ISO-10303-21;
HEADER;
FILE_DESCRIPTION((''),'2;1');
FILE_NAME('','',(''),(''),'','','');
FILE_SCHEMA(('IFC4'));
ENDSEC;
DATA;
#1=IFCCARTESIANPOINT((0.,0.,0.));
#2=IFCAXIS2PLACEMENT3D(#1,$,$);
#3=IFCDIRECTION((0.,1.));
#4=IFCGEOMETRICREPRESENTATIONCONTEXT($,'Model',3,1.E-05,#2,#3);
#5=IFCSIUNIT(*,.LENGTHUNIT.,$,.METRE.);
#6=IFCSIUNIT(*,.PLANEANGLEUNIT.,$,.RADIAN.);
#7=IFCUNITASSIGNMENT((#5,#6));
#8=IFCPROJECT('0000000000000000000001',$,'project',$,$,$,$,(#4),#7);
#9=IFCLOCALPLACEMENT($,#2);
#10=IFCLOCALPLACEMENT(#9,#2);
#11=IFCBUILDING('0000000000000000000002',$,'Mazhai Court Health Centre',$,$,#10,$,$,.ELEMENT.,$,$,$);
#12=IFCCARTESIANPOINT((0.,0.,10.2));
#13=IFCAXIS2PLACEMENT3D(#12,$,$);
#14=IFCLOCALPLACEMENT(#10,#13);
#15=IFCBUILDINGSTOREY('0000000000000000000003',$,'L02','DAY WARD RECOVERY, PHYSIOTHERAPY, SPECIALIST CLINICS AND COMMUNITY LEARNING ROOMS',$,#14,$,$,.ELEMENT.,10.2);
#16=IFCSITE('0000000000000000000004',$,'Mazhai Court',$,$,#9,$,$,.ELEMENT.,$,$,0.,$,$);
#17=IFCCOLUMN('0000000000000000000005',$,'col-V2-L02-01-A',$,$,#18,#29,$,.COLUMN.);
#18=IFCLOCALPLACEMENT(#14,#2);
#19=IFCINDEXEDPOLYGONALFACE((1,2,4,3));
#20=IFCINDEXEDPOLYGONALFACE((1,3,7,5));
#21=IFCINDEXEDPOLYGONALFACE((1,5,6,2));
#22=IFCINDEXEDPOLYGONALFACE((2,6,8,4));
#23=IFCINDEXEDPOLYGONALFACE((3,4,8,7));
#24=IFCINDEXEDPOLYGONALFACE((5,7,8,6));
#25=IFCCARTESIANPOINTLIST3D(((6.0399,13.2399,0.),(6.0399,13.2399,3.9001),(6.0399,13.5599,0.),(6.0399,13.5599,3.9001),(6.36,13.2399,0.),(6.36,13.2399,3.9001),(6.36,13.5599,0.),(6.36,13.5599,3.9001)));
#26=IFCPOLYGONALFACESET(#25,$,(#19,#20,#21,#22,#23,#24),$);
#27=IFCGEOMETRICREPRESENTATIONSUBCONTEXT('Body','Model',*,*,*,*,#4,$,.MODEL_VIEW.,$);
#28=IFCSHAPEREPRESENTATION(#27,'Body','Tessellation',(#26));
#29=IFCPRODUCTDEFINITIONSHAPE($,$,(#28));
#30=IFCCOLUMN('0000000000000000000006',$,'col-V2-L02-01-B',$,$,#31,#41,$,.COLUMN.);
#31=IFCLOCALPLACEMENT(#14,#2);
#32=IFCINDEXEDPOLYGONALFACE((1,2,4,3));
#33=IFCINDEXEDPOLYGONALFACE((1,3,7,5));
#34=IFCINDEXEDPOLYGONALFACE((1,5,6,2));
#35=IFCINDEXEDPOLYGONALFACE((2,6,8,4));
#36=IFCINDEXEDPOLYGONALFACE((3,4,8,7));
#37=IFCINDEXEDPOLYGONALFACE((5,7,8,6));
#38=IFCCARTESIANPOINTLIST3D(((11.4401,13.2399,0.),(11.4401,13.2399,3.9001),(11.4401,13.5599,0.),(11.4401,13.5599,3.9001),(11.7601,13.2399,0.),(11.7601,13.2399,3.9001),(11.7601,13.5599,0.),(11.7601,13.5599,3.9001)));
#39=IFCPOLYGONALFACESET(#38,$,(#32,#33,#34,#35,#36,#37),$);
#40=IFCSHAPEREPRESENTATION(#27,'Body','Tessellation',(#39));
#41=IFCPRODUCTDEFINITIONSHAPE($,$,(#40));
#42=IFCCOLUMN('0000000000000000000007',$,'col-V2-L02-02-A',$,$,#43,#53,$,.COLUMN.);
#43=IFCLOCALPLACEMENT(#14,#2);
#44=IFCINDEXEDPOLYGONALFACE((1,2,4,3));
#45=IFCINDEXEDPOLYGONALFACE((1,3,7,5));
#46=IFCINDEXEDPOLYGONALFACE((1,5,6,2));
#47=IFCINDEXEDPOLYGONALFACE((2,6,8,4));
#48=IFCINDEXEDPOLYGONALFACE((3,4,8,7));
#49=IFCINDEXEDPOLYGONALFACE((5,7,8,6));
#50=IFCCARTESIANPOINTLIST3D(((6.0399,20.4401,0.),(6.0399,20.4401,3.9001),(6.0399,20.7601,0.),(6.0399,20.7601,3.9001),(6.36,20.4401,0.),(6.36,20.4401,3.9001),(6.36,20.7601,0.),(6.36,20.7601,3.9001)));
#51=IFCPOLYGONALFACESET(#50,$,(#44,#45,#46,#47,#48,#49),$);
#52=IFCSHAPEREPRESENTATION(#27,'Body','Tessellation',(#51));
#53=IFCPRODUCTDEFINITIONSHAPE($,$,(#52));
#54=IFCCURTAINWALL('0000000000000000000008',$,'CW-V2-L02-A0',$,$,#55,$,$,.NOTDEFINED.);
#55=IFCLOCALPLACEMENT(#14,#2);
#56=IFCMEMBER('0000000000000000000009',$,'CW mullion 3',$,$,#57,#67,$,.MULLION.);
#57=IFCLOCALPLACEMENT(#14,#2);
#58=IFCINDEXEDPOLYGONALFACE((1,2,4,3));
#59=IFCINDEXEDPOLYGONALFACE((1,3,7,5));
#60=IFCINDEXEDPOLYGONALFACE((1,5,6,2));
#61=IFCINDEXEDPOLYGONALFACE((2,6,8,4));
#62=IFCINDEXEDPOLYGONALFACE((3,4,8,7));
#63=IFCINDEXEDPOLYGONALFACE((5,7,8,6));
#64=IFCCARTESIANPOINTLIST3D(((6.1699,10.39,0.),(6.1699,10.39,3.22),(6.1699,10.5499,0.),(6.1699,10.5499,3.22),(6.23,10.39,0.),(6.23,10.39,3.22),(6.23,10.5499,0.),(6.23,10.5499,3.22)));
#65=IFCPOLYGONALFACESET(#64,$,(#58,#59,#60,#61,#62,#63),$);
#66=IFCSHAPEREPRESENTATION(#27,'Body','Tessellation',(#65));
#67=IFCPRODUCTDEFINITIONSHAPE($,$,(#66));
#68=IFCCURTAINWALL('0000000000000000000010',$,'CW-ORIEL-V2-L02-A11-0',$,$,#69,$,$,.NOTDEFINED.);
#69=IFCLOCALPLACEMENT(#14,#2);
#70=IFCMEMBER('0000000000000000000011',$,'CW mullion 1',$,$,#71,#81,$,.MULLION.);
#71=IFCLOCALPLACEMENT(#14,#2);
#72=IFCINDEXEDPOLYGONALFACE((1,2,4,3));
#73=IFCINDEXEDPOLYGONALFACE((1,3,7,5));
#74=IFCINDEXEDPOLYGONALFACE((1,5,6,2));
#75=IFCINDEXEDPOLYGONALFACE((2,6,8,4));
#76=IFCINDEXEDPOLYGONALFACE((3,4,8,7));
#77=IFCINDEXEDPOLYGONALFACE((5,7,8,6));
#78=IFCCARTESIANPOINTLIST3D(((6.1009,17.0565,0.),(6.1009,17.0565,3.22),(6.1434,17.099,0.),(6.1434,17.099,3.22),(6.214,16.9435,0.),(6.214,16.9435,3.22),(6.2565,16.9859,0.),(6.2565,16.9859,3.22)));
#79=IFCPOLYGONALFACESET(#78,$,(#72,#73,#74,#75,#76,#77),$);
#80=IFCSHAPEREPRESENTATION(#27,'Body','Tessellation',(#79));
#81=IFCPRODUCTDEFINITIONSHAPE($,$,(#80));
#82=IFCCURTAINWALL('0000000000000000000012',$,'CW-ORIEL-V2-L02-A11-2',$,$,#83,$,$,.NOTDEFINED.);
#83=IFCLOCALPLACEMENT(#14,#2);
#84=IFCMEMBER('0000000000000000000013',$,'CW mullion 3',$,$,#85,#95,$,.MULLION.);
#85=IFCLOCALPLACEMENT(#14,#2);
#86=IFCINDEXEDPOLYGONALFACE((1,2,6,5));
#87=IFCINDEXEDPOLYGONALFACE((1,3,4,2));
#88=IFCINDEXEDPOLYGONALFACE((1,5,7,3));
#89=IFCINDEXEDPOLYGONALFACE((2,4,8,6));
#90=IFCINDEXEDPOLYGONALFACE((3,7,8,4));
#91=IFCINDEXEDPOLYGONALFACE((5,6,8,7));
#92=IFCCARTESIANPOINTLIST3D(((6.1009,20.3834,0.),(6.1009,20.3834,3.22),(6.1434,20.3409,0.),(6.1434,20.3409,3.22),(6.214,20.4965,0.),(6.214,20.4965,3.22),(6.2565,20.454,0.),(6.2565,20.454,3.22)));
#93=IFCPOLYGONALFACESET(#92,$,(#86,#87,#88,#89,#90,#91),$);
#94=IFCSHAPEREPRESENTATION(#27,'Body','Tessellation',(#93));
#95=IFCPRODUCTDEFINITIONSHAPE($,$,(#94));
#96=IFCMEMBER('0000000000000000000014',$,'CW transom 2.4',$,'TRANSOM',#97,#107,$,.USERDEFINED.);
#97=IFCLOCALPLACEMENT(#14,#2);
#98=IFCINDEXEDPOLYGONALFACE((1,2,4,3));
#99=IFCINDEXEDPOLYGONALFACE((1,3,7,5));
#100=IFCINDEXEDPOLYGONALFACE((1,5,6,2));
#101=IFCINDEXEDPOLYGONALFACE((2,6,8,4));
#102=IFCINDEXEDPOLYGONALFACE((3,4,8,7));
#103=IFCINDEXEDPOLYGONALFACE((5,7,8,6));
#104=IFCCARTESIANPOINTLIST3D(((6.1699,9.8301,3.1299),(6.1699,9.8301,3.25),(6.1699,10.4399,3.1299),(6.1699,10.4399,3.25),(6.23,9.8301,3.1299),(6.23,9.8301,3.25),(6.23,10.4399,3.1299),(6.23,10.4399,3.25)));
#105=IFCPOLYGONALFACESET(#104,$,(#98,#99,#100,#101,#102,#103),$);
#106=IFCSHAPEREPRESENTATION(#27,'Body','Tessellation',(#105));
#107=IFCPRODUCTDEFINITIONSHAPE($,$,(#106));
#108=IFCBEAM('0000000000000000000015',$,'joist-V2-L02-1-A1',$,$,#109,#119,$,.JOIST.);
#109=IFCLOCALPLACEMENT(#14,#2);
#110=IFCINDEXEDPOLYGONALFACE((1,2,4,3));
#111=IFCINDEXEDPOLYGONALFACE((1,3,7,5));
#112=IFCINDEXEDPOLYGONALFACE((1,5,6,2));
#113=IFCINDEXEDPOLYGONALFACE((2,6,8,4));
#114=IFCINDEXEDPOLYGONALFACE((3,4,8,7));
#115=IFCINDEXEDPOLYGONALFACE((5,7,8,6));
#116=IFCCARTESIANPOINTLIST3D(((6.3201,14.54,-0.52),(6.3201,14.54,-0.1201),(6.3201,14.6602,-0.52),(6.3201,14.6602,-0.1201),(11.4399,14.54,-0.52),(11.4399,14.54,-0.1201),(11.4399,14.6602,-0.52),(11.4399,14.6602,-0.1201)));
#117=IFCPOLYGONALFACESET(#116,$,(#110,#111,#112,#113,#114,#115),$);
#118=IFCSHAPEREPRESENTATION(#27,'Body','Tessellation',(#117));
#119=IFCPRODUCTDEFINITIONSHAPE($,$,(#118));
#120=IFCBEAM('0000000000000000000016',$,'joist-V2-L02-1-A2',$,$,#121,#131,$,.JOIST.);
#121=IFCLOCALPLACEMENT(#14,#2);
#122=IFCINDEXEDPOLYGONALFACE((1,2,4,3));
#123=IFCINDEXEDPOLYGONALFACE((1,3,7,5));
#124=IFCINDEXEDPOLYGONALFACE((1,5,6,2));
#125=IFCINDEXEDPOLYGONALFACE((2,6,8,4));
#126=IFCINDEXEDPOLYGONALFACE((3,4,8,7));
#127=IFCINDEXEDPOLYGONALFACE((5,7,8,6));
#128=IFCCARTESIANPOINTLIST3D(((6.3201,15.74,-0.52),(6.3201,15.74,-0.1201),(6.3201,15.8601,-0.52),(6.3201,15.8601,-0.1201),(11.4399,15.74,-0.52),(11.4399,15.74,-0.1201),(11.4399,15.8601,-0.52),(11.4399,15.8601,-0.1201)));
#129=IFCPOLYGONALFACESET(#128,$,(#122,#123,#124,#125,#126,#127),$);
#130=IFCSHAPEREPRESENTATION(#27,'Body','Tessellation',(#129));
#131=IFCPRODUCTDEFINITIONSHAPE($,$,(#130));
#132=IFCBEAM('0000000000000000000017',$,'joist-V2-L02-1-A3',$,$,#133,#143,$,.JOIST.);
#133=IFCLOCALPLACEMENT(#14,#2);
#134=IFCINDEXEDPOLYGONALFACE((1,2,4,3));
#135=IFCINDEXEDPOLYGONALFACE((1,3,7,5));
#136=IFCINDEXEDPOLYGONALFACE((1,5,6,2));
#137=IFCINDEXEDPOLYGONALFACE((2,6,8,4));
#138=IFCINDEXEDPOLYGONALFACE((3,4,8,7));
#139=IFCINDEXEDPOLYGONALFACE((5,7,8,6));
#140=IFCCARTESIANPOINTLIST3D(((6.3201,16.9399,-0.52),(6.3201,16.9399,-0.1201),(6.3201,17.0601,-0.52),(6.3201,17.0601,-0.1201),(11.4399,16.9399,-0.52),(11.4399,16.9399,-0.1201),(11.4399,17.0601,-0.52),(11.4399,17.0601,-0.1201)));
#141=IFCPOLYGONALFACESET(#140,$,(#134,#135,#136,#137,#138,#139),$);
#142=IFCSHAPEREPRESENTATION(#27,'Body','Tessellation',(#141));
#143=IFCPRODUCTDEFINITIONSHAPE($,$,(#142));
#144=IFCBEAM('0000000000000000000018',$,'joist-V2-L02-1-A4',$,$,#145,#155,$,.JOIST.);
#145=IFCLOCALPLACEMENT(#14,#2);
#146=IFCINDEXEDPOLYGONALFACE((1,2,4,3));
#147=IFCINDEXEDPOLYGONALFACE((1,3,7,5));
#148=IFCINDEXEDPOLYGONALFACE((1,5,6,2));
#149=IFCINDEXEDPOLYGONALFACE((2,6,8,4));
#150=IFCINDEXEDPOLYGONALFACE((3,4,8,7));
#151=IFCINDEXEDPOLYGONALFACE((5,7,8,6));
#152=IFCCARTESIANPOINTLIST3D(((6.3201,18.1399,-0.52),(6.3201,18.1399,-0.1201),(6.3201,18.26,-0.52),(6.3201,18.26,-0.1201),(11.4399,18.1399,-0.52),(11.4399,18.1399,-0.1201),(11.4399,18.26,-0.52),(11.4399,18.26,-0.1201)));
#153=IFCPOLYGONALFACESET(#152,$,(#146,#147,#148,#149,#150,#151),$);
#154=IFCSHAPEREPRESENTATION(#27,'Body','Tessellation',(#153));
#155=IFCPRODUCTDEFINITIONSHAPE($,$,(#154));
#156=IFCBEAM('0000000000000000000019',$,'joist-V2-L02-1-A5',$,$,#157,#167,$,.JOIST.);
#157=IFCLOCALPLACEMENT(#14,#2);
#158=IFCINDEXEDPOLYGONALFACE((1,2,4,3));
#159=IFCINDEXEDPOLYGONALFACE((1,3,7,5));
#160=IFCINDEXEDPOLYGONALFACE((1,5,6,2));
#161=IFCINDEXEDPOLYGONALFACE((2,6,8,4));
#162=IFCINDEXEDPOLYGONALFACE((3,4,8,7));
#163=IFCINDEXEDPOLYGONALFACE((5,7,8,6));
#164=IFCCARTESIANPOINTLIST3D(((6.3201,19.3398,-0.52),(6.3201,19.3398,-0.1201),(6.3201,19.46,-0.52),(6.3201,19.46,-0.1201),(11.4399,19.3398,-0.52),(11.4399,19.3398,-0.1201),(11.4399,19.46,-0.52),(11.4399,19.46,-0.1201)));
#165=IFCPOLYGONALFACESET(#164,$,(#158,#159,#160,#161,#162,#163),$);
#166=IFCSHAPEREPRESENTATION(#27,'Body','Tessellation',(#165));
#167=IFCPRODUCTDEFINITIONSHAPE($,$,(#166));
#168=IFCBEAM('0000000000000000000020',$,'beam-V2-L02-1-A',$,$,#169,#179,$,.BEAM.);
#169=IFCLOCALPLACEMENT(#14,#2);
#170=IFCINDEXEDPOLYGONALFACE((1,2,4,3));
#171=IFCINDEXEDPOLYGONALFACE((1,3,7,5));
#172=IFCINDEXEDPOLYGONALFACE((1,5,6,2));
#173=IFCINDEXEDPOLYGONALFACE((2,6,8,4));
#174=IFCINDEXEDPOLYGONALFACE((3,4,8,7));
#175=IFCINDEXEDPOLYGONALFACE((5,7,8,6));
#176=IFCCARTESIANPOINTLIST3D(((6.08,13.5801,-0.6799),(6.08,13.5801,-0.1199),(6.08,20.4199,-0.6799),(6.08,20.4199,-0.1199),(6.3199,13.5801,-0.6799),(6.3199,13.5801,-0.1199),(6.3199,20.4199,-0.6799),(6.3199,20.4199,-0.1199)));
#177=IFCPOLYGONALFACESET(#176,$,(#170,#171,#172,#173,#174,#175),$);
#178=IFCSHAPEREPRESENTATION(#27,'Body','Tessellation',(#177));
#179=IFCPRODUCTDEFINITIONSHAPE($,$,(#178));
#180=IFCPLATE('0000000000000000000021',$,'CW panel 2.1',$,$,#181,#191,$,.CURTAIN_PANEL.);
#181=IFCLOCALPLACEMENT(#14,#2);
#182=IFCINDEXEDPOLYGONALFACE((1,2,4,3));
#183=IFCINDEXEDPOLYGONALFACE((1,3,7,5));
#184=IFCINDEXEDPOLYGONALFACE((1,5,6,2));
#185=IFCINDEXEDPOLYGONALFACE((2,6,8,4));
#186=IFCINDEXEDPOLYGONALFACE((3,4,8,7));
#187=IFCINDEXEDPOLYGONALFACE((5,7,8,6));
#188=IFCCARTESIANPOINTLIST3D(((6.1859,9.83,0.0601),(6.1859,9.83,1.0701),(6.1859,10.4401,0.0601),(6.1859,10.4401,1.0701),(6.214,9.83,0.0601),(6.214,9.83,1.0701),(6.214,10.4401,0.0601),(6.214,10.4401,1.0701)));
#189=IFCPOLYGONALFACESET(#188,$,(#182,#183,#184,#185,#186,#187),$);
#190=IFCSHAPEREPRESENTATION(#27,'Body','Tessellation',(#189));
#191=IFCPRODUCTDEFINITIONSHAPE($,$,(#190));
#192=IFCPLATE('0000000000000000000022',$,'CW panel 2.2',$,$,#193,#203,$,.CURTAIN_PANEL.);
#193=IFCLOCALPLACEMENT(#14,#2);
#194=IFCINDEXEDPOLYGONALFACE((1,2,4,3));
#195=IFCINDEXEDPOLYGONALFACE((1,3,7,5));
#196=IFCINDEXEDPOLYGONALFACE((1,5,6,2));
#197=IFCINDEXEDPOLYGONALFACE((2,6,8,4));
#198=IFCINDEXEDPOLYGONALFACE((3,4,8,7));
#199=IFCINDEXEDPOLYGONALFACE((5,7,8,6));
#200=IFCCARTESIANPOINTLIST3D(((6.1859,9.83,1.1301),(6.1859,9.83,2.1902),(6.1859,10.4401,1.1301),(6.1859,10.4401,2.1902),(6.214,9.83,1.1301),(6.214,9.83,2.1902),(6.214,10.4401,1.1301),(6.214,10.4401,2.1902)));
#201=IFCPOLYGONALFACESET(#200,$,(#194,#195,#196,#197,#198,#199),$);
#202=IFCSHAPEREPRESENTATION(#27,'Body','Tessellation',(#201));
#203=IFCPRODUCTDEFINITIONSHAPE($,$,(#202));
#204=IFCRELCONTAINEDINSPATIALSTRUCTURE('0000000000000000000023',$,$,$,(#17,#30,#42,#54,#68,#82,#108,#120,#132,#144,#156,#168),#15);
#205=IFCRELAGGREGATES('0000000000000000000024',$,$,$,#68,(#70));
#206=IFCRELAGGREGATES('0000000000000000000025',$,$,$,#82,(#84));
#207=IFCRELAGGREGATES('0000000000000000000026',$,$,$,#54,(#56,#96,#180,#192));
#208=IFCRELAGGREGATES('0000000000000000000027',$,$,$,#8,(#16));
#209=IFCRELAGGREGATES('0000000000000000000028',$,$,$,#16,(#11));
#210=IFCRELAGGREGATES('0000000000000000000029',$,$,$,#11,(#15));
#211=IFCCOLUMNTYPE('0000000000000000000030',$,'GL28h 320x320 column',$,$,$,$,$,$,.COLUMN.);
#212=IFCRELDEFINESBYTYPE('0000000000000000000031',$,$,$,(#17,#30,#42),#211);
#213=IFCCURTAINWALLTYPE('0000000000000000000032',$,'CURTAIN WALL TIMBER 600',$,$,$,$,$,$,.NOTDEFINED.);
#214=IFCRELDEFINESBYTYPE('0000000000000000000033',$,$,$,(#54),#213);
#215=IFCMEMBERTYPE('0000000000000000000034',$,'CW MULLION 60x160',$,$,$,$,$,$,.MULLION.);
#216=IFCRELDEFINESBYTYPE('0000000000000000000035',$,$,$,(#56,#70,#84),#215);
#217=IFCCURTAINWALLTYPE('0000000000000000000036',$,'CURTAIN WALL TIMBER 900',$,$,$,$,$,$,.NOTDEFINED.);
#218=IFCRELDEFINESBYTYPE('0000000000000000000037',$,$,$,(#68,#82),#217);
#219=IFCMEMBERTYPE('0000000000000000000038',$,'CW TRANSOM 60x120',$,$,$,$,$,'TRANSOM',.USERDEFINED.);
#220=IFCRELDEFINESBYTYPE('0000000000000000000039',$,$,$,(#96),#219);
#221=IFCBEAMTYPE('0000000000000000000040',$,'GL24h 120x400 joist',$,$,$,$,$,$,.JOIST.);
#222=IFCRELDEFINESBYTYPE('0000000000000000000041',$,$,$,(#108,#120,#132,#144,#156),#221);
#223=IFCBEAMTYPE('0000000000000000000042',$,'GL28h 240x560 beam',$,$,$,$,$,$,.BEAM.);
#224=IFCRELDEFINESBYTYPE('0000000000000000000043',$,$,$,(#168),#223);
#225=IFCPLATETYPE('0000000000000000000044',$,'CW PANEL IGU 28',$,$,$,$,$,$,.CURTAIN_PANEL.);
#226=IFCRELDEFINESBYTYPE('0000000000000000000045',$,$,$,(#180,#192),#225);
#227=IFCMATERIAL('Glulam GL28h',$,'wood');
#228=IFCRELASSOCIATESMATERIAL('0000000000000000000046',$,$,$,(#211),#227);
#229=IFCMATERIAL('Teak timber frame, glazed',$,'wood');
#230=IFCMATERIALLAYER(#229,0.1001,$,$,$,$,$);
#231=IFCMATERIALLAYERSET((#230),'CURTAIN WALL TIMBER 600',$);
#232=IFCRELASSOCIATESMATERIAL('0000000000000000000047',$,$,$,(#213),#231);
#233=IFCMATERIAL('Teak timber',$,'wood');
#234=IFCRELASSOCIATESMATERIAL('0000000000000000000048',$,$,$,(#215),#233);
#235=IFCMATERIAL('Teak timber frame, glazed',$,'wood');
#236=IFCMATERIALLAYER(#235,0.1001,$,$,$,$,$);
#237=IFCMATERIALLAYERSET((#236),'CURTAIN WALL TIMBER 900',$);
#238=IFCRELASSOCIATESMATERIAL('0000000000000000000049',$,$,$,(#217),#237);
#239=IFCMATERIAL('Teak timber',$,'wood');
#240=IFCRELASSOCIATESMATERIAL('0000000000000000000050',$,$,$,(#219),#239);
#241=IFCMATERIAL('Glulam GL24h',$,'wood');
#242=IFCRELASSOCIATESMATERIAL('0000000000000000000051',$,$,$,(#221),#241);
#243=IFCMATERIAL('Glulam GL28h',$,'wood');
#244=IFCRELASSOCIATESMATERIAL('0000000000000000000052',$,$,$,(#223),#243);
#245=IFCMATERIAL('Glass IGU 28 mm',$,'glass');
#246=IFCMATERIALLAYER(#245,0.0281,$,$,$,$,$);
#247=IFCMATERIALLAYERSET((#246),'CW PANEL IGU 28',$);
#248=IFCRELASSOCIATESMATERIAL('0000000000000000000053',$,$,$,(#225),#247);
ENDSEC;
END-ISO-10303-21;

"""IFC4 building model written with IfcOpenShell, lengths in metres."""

from ifc_helpers import new_model, si_unit, direction, frame, origin, origin_2d, place, context, subcontext, project, spatial, rectangle, extrude, material, layer, layer_set, material_profile, profile_set, type_object, element, aggregate, save


model = new_model("IFC4")

# Units and contexts
model_context = context("Model", 3, precision=1e-05, world=origin(), true_north=direction((0.0, 1.0)))
body_context = subcontext(model_context, "Body", "Model", "MODEL_VIEW")
ifc_project = project(units=[si_unit("LENGTHUNIT", "METRE"), si_unit("PLANEANGLEUNIT", "RADIAN")], contexts=[model_context])

# Site, building, storey
site_placement = place(None, origin())
site = spatial("IfcSite", under=ifc_project, at=site_placement, Name="Mazhai Court", CompositionType="ELEMENT", RefElevation=0.0)
building_placement = place(site_placement, origin())
building = spatial("IfcBuilding", under=site, at=building_placement, Name="Mazhai Court Health Centre", CompositionType="ELEMENT")
storey_placement = place(building_placement, frame((0.0, 0.0, 10.2)))
storey = spatial("IfcBuildingStorey", under=building, at=storey_placement, Name="L02", Description="DAY WARD RECOVERY, PHYSIOTHERAPY, SPECIALIST CLINICS AND COMMUNITY LEARNING ROOMS", CompositionType="ELEMENT", Elevation=10.2)

# Columns
ifc_material_1 = material(Name="Glulam GL28h", Category="wood")
ifc_material_profile_1 = material_profile(ifc_material_1, rectangle(XDim=0.3201, YDim=0.3201, at=origin_2d()), Name="GL28h 320x320")
ifc_profile_set_1 = profile_set([ifc_material_profile_1], Name="Glulam GL28h")
column_type = type_object("IfcColumnType", Name="GL28h 320x320 column", PredefinedType="COLUMN", material=ifc_profile_set_1)
for number, where, z_axis, x_axis, name in (
    (1, (6.2, 13.3999, 0.0), (0.0, 0.0, 1.0), (1.0, 0.0, 0.0), "col-V2-L02-01-A"),
    (2, (11.6001, 13.3999, 0.0), (0.0, 0.0, 1.0), (1.0, 0.0, 0.0), "col-V2-L02-01-B"),
    (3, (6.2, 20.6001, 0.0), (0.0, 0.0, 1.0), (1.0, 0.0, 0.0), "col-V2-L02-02-A"),
):
    element("IfcColumn", number, at=place(storey_placement, frame(where, z_axis=z_axis, x_axis=x_axis)), inside=storey, type_object=column_type, Name=name, PredefinedType="COLUMN", context=body_context, shape_type="SweptSolid", body=[
        extrude(rectangle(XDim=0.3201, YDim=0.3201, at=origin_2d()), origin(), (0.0, 0.0, 1.0), 3.9001),
    ])

# Curtain walls, members
ifc_material_2 = material(Name="Teak timber frame, glazed", Category="wood")
ifc_layer_1 = layer(ifc_material_2, 0.1001)
ifc_layer_set_1 = layer_set([ifc_layer_1], Name="CURTAIN WALL TIMBER 600")
curtain_wall_type_1 = type_object("IfcCurtainWallType", Name="CURTAIN WALL TIMBER 600", PredefinedType="NOTDEFINED", material=ifc_layer_set_1)
curtain_wall_1_placement = place(storey_placement, origin())
curtain_wall_1 = element("IfcCurtainWall", 4, at=curtain_wall_1_placement, inside=storey, type_object=curtain_wall_type_1, Name="CW-V2-L02-A0", PredefinedType="NOTDEFINED")
ifc_material_3 = material(Name="Teak timber", Category="wood")
ifc_material_profile_2 = material_profile(ifc_material_3, rectangle(XDim=0.0601, YDim=0.1599, at=origin_2d()), Name="CW MULLION 60x160")
ifc_profile_set_2 = profile_set([ifc_material_profile_2], Name="Teak timber")
member_type_1 = type_object("IfcMemberType", Name="CW MULLION 60x160", PredefinedType="MULLION", material=ifc_profile_set_2)
member_1_placement = place(storey_placement, frame((6.2, 10.47, 0.0), z_axis=(0.0, 0.0, 1.0), x_axis=(-1.0, 0.0, 0.0)))
member_1 = element("IfcMember", 5, at=member_1_placement, type_object=member_type_1, Name="CW mullion 3", PredefinedType="MULLION", context=body_context, shape_type="SweptSolid", body=[
    extrude(rectangle(XDim=0.0601, YDim=0.1599, at=origin_2d()), origin(), (0.0, 0.0, 1.0), 3.22),
])
ifc_material_4 = material(Name="Teak timber frame, glazed", Category="wood")
ifc_layer_2 = layer(ifc_material_4, 0.1001)
ifc_layer_set_2 = layer_set([ifc_layer_2], Name="CURTAIN WALL TIMBER 900")
curtain_wall_type_2 = type_object("IfcCurtainWallType", Name="CURTAIN WALL TIMBER 900", PredefinedType="NOTDEFINED", material=ifc_layer_set_2)
curtain_wall_2_placement = place(storey_placement, origin())
curtain_wall_2 = element("IfcCurtainWall", 6, at=curtain_wall_2_placement, inside=storey, type_object=curtain_wall_type_2, Name="CW-ORIEL-V2-L02-A11-0", PredefinedType="NOTDEFINED")
member_2_placement = place(storey_placement, frame((6.1787, 17.0212, 0.0), z_axis=(0.0, 0.0, 1.0), x_axis=(-0.707107, -0.707107, 0.0)))
member_2 = element("IfcMember", 7, at=member_2_placement, type_object=member_type_1, Name="CW mullion 1", PredefinedType="MULLION", context=body_context, shape_type="SweptSolid", body=[
    extrude(rectangle(XDim=0.0601, YDim=0.1599, at=origin_2d()), origin(), (0.0, 0.0, 1.0), 3.22),
])
aggregate(curtain_wall_2, [member_2])
curtain_wall_3_placement = place(storey_placement, origin())
curtain_wall_3 = element("IfcCurtainWall", 8, at=curtain_wall_3_placement, inside=storey, type_object=curtain_wall_type_2, Name="CW-ORIEL-V2-L02-A11-2", PredefinedType="NOTDEFINED")
member_3_placement = place(storey_placement, frame((6.1787, 20.4187, 0.0), z_axis=(0.0, 0.0, 1.0), x_axis=(-0.707107, 0.707107, 0.0)))
member_3 = element("IfcMember", 9, at=member_3_placement, type_object=member_type_1, Name="CW mullion 3", PredefinedType="MULLION", context=body_context, shape_type="SweptSolid", body=[
    extrude(rectangle(XDim=0.0601, YDim=0.1599, at=origin_2d()), origin(), (0.0, 0.0, 1.0), 3.22),
])
aggregate(curtain_wall_3, [member_3])

# Member
ifc_material_5 = material(Name="Teak timber", Category="wood")
ifc_material_profile_3 = material_profile(ifc_material_5, rectangle(XDim=0.0601, YDim=0.1201, at=origin_2d()), Name="CW TRANSOM 60x120")
ifc_profile_set_3 = profile_set([ifc_material_profile_3], Name="Teak timber")
member_type_2 = type_object("IfcMemberType", Name="CW TRANSOM 60x120", ElementType="TRANSOM", PredefinedType="USERDEFINED", material=ifc_profile_set_3)
member_4_placement = place(storey_placement, frame((6.2, 9.8301, 3.1899), z_axis=(0.0, 1.0, 0.0), x_axis=(-1.0, 0.0, 0.0)))
member_4 = element("IfcMember", 10, at=member_4_placement, type_object=member_type_2, Name="CW transom 2.4", ObjectType="TRANSOM", PredefinedType="USERDEFINED", context=body_context, shape_type="SweptSolid", body=[
    extrude(rectangle(XDim=0.0601, YDim=0.1201, at=origin_2d()), origin(), (0.0, 0.0, 1.0), 0.6099),
])

# Beams
ifc_material_6 = material(Name="Glulam GL24h", Category="wood")
ifc_material_profile_4 = material_profile(ifc_material_6, rectangle(XDim=0.1201, YDim=0.3999, at=origin_2d()), Name="GL24h 120x400")
ifc_profile_set_4 = profile_set([ifc_material_profile_4], Name="Glulam GL24h")
beam_type_1 = type_object("IfcBeamType", Name="GL24h 120x400 joist", PredefinedType="JOIST", material=ifc_profile_set_4)
for number, where, z_axis, x_axis, name in (
    (11, (6.3201, 14.6001, -0.3201), (1.0, 0.0, 0.0), (0.0, 1.0, 0.0), "joist-V2-L02-1-A1"),
    (12, (6.3201, 15.8, -0.3201), (1.0, 0.0, 0.0), (0.0, 1.0, 0.0), "joist-V2-L02-1-A2"),
    (13, (6.3201, 17.0, -0.3201), (1.0, 0.0, 0.0), (0.0, 1.0, 0.0), "joist-V2-L02-1-A3"),
    (14, (6.3201, 18.2, -0.3201), (1.0, 0.0, 0.0), (0.0, 1.0, 0.0), "joist-V2-L02-1-A4"),
    (15, (6.3201, 19.3999, -0.3201), (1.0, 0.0, 0.0), (0.0, 1.0, 0.0), "joist-V2-L02-1-A5"),
):
    element("IfcBeam", number, at=place(storey_placement, frame(where, z_axis=z_axis, x_axis=x_axis)), inside=storey, type_object=beam_type_1, Name=name, PredefinedType="JOIST", context=body_context, shape_type="SweptSolid", body=[
        extrude(rectangle(XDim=0.1201, YDim=0.3999, at=origin_2d()), origin(), (0.0, 0.0, 1.0), 5.1199),
    ])
ifc_material_7 = material(Name="Glulam GL28h", Category="wood")
ifc_material_profile_5 = material_profile(ifc_material_7, rectangle(XDim=0.24, YDim=0.5601, at=origin_2d()), Name="GL28h 240x560")
ifc_profile_set_5 = profile_set([ifc_material_profile_5], Name="Glulam GL28h")
beam_type_2 = type_object("IfcBeamType", Name="GL28h 240x560 beam", PredefinedType="BEAM", material=ifc_profile_set_5)
beam_placement = place(storey_placement, frame((6.2, 13.5801, -0.3999), z_axis=(0.0, 1.0, 0.0), x_axis=(-1.0, 0.0, 0.0)))
element("IfcBeam", 16, at=beam_placement, inside=storey, type_object=beam_type_2, Name="beam-V2-L02-1-A", PredefinedType="BEAM", context=body_context, shape_type="SweptSolid", body=[
    extrude(rectangle(XDim=0.24, YDim=0.5601, at=origin_2d()), origin(), (0.0, 0.0, 1.0), 6.8398),
])

# Plates
ifc_material_8 = material(Name="Glass IGU 28 mm", Category="glass")
ifc_layer_3 = layer(ifc_material_8, 0.0281)
ifc_layer_set_3 = layer_set([ifc_layer_3], Name="CW PANEL IGU 28")
plate_type = type_object("IfcPlateType", Name="CW PANEL IGU 28", PredefinedType="CURTAIN_PANEL", material=ifc_layer_set_3)
plate_1_placement = place(storey_placement, frame((6.2, 10.135, 0.0601), z_axis=(0.0, 0.0, 1.0), x_axis=(0.0, 1.0, 0.0)))
plate_1 = element("IfcPlate", 17, at=plate_1_placement, type_object=plate_type, Name="CW panel 2.1", PredefinedType="CURTAIN_PANEL", context=body_context, shape_type="SweptSolid", body=[
    extrude(rectangle(XDim=0.6101, YDim=0.0281, at=origin_2d()), origin(), (0.0, 0.0, 1.0), 1.01),
])
plate_2_placement = place(storey_placement, frame((6.2, 10.135, 1.1301), z_axis=(0.0, 0.0, 1.0), x_axis=(0.0, 1.0, 0.0)))
plate_2 = element("IfcPlate", 18, at=plate_2_placement, type_object=plate_type, Name="CW panel 2.2", PredefinedType="CURTAIN_PANEL", context=body_context, shape_type="SweptSolid", body=[
    extrude(rectangle(XDim=0.6101, YDim=0.0281, at=origin_2d()), origin(), (0.0, 0.0, 1.0), 1.0601),
])
aggregate(curtain_wall_1, [member_1, member_4, plate_1, plate_2])

save(model, "model.ifc")
